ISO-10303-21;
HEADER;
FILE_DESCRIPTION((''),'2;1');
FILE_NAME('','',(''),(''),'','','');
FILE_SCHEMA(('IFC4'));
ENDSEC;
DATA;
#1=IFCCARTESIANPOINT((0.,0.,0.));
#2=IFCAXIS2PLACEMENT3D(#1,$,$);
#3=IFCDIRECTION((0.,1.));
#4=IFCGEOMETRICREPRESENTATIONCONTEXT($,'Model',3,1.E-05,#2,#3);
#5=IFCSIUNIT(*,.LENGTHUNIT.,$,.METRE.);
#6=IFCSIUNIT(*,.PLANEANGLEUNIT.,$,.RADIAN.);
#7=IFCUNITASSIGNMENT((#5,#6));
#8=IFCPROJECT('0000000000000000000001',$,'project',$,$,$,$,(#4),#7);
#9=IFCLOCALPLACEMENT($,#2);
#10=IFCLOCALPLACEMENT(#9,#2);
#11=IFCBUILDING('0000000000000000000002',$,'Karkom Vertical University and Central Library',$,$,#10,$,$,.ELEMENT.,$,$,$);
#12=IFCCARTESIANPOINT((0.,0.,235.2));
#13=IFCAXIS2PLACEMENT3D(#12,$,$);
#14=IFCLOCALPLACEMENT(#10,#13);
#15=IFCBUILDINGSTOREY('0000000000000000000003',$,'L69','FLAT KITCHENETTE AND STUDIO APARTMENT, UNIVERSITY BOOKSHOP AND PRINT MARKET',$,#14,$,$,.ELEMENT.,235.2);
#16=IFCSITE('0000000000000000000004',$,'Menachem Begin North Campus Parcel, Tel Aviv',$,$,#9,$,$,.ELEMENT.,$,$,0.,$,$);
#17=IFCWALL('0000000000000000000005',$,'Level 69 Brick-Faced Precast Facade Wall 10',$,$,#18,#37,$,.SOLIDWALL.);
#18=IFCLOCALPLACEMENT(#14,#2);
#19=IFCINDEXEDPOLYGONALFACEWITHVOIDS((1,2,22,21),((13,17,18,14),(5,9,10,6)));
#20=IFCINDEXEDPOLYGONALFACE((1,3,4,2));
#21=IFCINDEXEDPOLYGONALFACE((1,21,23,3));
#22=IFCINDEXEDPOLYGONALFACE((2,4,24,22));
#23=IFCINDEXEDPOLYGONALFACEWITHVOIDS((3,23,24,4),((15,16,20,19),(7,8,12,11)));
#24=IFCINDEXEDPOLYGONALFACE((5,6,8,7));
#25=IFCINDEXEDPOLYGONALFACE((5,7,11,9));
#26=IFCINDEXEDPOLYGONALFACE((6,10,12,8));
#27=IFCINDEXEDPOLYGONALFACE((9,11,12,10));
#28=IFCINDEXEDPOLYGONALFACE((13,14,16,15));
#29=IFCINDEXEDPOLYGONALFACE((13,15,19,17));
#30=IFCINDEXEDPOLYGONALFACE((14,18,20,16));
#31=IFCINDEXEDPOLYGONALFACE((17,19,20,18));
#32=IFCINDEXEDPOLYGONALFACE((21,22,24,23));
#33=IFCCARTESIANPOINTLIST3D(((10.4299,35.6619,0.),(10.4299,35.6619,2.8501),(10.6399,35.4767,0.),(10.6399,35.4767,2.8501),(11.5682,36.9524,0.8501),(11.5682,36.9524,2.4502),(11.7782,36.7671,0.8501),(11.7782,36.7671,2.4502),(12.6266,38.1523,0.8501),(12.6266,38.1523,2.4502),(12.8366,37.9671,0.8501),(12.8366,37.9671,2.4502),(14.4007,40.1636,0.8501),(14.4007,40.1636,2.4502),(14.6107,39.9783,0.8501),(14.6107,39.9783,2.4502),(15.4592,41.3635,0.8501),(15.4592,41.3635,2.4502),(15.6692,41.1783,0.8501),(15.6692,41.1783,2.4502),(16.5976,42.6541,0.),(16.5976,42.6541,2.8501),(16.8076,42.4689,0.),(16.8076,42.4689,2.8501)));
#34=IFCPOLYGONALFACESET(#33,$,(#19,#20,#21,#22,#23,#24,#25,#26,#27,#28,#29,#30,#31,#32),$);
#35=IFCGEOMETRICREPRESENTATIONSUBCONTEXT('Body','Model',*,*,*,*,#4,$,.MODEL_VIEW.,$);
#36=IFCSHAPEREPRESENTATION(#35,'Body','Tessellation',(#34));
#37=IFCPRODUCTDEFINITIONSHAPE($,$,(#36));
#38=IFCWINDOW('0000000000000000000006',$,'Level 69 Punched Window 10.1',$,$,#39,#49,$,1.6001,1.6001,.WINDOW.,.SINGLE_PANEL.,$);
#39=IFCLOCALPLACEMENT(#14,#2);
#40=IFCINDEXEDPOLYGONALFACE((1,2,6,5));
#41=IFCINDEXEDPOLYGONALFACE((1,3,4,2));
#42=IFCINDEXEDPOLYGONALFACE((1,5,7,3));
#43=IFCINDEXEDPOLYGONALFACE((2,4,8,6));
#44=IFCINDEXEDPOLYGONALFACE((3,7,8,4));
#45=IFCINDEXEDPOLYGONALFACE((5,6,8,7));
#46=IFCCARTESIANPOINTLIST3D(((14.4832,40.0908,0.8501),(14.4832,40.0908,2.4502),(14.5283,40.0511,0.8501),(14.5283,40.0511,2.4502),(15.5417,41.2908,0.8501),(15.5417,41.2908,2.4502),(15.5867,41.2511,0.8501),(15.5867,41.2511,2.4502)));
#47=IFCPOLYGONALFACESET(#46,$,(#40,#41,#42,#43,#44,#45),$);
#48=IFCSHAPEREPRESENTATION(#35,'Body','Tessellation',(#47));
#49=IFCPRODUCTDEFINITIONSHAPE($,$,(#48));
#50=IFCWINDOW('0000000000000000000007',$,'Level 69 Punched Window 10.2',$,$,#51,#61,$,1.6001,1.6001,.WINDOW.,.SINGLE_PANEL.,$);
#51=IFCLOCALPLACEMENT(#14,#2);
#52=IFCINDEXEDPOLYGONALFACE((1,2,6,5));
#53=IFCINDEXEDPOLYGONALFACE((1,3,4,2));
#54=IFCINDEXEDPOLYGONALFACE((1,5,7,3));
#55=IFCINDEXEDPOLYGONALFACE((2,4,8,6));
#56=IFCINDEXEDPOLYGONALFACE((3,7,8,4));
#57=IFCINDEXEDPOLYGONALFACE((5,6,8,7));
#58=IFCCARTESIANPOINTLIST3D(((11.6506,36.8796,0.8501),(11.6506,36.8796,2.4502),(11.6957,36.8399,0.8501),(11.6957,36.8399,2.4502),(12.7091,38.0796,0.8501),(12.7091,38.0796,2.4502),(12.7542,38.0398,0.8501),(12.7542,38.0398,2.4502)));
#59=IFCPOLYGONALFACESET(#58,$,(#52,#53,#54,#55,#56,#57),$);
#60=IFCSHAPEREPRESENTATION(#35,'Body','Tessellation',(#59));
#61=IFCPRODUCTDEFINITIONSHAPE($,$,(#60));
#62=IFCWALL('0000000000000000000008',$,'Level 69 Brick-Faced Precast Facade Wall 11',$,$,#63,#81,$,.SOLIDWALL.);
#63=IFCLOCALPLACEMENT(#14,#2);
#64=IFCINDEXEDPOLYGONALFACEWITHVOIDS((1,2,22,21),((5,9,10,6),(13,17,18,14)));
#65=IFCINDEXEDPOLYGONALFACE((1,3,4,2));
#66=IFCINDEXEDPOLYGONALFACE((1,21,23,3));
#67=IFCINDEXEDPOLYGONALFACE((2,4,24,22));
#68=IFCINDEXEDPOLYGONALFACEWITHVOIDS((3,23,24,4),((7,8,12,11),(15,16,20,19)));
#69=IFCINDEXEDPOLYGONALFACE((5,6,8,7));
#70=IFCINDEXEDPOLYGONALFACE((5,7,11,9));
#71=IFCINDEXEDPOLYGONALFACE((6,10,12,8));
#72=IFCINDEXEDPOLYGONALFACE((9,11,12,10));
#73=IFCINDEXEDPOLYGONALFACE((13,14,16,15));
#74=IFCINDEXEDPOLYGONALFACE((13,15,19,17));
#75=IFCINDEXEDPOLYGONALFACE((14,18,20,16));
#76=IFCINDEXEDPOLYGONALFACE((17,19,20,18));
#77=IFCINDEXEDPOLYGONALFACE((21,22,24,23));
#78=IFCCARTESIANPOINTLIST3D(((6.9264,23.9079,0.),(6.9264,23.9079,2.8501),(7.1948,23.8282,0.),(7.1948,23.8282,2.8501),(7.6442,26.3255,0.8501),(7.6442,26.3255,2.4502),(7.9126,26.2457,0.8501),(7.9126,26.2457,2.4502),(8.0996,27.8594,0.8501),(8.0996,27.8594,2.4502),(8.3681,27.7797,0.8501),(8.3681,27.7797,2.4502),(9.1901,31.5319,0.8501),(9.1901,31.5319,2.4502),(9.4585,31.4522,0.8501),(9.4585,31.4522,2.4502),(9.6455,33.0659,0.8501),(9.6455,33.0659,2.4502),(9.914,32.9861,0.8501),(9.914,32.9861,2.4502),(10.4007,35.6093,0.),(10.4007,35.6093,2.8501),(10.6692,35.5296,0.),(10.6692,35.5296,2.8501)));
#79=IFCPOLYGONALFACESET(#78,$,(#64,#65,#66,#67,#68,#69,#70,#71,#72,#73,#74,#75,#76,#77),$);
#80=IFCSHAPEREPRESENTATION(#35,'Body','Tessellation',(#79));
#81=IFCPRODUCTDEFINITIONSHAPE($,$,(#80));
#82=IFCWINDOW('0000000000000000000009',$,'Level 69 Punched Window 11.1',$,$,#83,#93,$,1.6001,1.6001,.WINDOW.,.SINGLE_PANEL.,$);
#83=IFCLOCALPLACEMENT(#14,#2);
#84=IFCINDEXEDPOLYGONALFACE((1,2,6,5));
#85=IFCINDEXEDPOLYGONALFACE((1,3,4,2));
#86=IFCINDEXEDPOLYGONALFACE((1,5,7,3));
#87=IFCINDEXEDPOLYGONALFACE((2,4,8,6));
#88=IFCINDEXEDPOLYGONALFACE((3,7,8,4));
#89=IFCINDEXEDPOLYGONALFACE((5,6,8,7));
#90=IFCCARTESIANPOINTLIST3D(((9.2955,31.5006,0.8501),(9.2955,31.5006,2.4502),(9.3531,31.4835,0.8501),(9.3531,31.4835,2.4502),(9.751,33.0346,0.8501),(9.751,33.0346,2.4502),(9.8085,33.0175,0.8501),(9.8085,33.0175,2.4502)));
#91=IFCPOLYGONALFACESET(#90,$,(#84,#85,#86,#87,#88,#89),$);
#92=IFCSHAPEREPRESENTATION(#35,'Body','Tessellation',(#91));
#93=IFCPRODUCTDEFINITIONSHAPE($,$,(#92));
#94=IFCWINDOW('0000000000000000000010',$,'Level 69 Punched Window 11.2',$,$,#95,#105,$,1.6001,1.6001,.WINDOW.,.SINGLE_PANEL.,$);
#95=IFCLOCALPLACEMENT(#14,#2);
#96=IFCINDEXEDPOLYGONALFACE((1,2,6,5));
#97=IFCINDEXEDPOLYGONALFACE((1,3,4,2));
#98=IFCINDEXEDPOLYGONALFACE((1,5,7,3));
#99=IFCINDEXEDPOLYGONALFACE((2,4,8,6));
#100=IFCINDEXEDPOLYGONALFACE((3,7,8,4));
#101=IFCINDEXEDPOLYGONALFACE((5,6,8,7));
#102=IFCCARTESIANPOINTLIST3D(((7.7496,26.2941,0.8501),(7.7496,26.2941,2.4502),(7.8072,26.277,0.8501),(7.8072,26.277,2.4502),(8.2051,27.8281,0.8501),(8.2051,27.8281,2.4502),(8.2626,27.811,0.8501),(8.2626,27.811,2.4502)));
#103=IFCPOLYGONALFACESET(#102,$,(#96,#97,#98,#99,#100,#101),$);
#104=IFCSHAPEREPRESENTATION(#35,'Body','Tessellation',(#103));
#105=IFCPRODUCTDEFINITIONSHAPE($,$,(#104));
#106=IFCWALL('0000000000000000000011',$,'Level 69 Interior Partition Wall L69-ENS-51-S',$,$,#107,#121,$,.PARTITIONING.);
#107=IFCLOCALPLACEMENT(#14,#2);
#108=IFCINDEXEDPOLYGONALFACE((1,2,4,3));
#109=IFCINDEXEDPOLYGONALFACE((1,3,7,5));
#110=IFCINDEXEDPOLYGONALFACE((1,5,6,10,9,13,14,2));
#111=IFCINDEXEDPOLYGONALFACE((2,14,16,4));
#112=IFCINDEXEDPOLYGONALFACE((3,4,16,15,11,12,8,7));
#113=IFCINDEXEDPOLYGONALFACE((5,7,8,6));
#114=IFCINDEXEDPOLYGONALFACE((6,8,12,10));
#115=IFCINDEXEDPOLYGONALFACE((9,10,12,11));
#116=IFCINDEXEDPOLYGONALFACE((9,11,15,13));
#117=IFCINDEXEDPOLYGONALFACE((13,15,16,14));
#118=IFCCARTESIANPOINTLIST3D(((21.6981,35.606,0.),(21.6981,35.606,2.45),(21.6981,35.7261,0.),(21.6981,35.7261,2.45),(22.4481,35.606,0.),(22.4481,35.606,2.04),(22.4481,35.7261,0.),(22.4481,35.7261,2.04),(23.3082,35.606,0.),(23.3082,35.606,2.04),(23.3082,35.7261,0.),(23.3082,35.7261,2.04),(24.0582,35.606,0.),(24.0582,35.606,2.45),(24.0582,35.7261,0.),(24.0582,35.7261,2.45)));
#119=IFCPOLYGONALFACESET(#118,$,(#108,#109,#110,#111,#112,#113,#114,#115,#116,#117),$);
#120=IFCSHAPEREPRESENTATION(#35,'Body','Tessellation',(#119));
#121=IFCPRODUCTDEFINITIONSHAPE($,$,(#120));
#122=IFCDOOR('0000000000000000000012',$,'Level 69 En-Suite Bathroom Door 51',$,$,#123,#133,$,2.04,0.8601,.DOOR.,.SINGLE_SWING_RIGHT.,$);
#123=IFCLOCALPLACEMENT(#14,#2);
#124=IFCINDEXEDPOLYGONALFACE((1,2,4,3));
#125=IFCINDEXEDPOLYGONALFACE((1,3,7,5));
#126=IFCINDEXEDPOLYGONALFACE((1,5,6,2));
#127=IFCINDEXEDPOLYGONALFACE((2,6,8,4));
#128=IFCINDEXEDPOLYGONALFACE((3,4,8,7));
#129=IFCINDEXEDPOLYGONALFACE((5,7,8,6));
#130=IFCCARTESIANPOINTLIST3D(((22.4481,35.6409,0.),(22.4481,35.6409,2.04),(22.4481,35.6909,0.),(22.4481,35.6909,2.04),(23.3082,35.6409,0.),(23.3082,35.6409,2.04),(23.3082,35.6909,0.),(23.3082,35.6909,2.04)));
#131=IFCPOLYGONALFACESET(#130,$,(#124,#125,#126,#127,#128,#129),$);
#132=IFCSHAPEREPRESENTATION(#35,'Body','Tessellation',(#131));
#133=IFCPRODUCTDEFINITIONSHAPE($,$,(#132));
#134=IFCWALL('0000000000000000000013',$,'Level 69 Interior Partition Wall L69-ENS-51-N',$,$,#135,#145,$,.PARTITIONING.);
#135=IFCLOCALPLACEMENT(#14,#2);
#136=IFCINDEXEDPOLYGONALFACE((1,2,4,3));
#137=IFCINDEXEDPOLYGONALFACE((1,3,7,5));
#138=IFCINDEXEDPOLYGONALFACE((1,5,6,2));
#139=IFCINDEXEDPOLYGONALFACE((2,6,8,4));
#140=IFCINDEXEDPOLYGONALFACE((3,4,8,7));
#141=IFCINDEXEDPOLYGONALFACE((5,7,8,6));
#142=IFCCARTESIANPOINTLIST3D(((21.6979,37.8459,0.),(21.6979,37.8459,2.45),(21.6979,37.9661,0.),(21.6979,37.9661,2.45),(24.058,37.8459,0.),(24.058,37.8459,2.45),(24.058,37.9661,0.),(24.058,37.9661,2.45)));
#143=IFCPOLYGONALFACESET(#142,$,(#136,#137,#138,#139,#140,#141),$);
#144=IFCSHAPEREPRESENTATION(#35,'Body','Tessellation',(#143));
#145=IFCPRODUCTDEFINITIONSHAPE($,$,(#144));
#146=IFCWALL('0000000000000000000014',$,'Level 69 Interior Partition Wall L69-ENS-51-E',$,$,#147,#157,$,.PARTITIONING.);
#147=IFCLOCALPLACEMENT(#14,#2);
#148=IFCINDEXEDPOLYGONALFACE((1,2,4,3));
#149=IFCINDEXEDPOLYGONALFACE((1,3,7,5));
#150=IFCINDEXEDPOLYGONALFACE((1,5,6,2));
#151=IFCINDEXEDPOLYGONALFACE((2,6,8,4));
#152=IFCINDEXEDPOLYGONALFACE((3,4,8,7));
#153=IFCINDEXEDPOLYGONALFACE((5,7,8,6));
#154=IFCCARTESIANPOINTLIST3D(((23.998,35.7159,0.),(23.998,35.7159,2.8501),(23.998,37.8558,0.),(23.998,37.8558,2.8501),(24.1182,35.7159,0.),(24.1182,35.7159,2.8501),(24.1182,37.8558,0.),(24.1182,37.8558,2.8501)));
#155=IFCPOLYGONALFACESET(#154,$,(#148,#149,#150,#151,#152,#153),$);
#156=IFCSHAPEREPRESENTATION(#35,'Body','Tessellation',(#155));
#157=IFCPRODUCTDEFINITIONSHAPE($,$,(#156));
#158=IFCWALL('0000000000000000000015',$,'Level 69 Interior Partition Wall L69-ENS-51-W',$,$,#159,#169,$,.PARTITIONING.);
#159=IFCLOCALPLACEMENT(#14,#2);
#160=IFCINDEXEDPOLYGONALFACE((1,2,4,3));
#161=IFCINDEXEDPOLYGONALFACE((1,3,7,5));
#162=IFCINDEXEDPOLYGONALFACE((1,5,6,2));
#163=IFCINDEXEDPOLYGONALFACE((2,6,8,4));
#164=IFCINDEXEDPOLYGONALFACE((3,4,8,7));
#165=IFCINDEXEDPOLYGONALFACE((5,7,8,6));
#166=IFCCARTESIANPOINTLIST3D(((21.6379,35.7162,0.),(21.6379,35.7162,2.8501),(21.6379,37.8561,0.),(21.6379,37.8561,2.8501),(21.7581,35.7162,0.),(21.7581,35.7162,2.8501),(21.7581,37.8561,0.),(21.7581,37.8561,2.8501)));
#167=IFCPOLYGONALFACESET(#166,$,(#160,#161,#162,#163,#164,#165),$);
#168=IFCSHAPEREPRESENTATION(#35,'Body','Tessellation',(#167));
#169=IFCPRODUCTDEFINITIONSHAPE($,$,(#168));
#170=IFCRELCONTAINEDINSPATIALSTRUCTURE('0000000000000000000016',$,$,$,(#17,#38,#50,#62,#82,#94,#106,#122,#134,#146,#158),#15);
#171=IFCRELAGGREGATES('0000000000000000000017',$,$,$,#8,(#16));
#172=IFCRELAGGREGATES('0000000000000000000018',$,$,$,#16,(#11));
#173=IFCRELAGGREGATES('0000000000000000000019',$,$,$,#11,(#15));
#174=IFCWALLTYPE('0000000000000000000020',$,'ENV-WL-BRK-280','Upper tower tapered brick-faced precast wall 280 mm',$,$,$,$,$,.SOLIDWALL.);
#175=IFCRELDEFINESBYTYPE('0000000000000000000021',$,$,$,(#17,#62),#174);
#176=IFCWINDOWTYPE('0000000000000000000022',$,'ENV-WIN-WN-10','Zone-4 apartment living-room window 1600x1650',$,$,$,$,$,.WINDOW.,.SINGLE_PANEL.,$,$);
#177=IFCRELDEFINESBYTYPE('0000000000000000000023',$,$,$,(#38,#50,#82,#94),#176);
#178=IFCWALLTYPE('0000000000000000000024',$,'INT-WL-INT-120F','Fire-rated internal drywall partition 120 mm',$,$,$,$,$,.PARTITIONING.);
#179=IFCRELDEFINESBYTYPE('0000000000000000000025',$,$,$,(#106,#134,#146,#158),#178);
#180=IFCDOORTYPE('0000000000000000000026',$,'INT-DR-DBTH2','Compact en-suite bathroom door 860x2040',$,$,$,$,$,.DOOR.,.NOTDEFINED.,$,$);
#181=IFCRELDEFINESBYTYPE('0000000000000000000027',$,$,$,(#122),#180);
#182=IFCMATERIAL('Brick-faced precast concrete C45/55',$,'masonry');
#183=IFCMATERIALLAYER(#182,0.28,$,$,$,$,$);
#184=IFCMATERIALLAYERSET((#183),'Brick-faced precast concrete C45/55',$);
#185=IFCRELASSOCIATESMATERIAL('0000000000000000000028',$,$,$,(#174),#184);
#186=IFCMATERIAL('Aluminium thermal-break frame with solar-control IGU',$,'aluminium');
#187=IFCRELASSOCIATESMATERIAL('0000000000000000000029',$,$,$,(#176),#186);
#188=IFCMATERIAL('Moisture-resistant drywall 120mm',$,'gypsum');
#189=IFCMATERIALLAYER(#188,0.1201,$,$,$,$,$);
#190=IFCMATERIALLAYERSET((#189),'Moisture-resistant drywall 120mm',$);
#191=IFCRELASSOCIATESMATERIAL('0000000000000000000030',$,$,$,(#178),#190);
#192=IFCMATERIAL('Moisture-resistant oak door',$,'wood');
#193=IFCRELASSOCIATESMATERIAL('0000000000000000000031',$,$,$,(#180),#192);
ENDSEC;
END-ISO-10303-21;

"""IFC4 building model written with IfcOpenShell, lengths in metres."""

from ifc_helpers import new_model, si_unit, direction, frame, frame_2d, origin, origin_with_axes, place, context, subcontext, project, spatial, rectangle, extrude, source, transform, mapped, material, layer, layer_set, type_object, element, fill, save


model = new_model("IFC4")

# Units and contexts
model_context = context("Model", 3, precision=1e-05, world=origin(), true_north=direction((0.0, 1.0)))
body_context = subcontext(model_context, "Body", "Model", "MODEL_VIEW")
ifc_project = project(units=[si_unit("LENGTHUNIT", "METRE"), si_unit("PLANEANGLEUNIT", "RADIAN")], contexts=[model_context])

# Site, building, storey
site_placement = place(None, origin())
site = spatial("IfcSite", under=ifc_project, at=site_placement, Name="Menachem Begin North Campus Parcel, Tel Aviv", CompositionType="ELEMENT", RefElevation=0.0)
building_placement = place(site_placement, origin())
building = spatial("IfcBuilding", under=site, at=building_placement, Name="Karkom Vertical University and Central Library", CompositionType="ELEMENT")
storey_placement = place(building_placement, frame((0.0, 0.0, 235.2)))
storey = spatial("IfcBuildingStorey", under=building, at=storey_placement, Name="L69", Description="FLAT KITCHENETTE AND STUDIO APARTMENT, UNIVERSITY BOOKSHOP AND PRINT MARKET", CompositionType="ELEMENT", Elevation=235.2)

# Walls, openings, windows
ifc_material_1 = material(Name="Brick-faced precast concrete C45/55", Category="masonry")
ifc_layer_1 = layer(ifc_material_1, 0.28)
ifc_layer_set_1 = layer_set([ifc_layer_1], Name="Brick-faced precast concrete C45/55")
wall_type_1 = type_object("IfcWallType", Name="ENV-WL-BRK-280", Description="Upper tower tapered brick-faced precast wall 280 mm", PredefinedType="SOLIDWALL", material=ifc_layer_set_1)
wall_1_placement = place(storey_placement, frame((16.7026, 42.5615, 0.0), z_axis=(0.0, 0.0, 1.0), x_axis=(-0.66151, -0.749936, 0.0)))
wall_1 = element("IfcWall", 1, at=wall_1_placement, inside=storey, type_object=wall_type_1, Name="Level 69 Brick-Faced Precast Facade Wall 10", PredefinedType="SOLIDWALL", context=body_context, shape_type="SweptSolid", body=[
    extrude(rectangle(XDim=9.3237, YDim=0.28, at=frame_2d((4.6619, 0.0))), origin(), (0.0, 0.0, 1.0), 2.8501),
])
opening_1_placement = place(wall_1_placement, frame((1.7209, 0.0, 0.8501)))
opening_1 = element("IfcOpeningElement", 2, at=opening_1_placement, cuts=wall_1, PredefinedType="OPENING", context=body_context, shape_type="SweptSolid", body=[
    extrude(rectangle(XDim=1.6001, YDim=1.6001, at=frame_2d((0.8, 0.8))), frame((0.0, 0.1499, 0.0), z_axis=(0.0, -1.0, 0.0), x_axis=(1.0, 0.0, 0.0)), (0.0, 0.0, 1.0), 0.3),
])
opening_2_placement = place(wall_1_placement, frame((6.0029, 0.0, 0.8501)))
opening_2 = element("IfcOpeningElement", 3, at=opening_2_placement, cuts=wall_1, PredefinedType="OPENING", context=body_context, shape_type="SweptSolid", body=[
    extrude(rectangle(XDim=1.6001, YDim=1.6001, at=frame_2d((0.8, 0.8))), frame((0.0, 0.1499, 0.0), z_axis=(0.0, -1.0, 0.0), x_axis=(1.0, 0.0, 0.0)), (0.0, 0.0, 1.0), 0.3),
])
ifc_material_2 = material(Name="Aluminium thermal-break frame with solar-control IGU", Category="aluminium")
window_type = type_object("IfcWindowType", Name="ENV-WIN-WN-10", Description="Zone-4 apartment living-room window 1600x1650", PartitioningType="SINGLE_PANEL", PredefinedType="WINDOW", material=ifc_material_2)
shared_shape_1 = source(origin_with_axes(), body_context, "Body", "SweptSolid", [
    extrude(rectangle(XDim=1.6001, YDim=1.6001, at=frame_2d((0.8, 0.8))), frame((0.0, 0.03, 0.0), z_axis=(0.0, -1.0, 0.0), x_axis=(1.0, 0.0, 0.0)), (0.0, 0.0, 1.0), 0.0601),
])
window_1_placement = place(opening_1_placement, origin())
window_1 = element("IfcWindow", 4, at=window_1_placement, inside=storey, type_object=window_type, Name="Level 69 Punched Window 10.1", OverallHeight=1.6001, OverallWidth=1.6001, PartitioningType="SINGLE_PANEL", PredefinedType="WINDOW", context=body_context, shape_type="MappedRepresentation", body=[
    mapped(shared_shape_1, transform((0.0, 0.0, 0.0), scale=1.0)),
])
fill(opening_1, window_1)
window_2_placement = place(opening_2_placement, origin())
window_2 = element("IfcWindow", 5, at=window_2_placement, inside=storey, type_object=window_type, Name="Level 69 Punched Window 10.2", OverallHeight=1.6001, OverallWidth=1.6001, PartitioningType="SINGLE_PANEL", PredefinedType="WINDOW", context=body_context, shape_type="MappedRepresentation", body=[
    mapped(shared_shape_1, transform((0.0, 0.0, 0.0), scale=1.0)),
])
fill(opening_2, window_2)
wall_2_placement = place(storey_placement, frame((10.5349, 35.5693, 0.0), z_axis=(0.0, 0.0, 1.0), x_axis=(-0.284636, -0.958636, 0.0)))
wall_2 = element("IfcWall", 6, at=wall_2_placement, inside=storey, type_object=wall_type_1, Name="Level 69 Brick-Faced Precast Facade Wall 11", PredefinedType="SOLIDWALL", context=body_context, shape_type="SweptSolid", body=[
    extrude(rectangle(XDim=12.2063, YDim=0.28, at=frame_2d((6.103, 0.0))), origin(), (0.0, 0.0, 1.0), 2.8501),
])
opening_3_placement = place(wall_2_placement, frame((2.6531, 0.0, 0.8501)))
opening_3 = element("IfcOpeningElement", 7, at=opening_3_placement, cuts=wall_2, PredefinedType="OPENING", context=body_context, shape_type="SweptSolid", body=[
    extrude(rectangle(XDim=1.6001, YDim=1.6001, at=frame_2d((0.8, 0.8))), frame((0.0, 0.1499, 0.0), z_axis=(0.0, -1.0, 0.0), x_axis=(1.0, 0.0, 0.0)), (0.0, 0.0, 1.0), 0.3),
])
opening_4_placement = place(wall_2_placement, frame((8.0842, 0.0, 0.8501)))
opening_4 = element("IfcOpeningElement", 8, at=opening_4_placement, cuts=wall_2, PredefinedType="OPENING", context=body_context, shape_type="SweptSolid", body=[
    extrude(rectangle(XDim=1.6001, YDim=1.6001, at=frame_2d((0.8, 0.8))), frame((0.0, 0.1499, 0.0), z_axis=(0.0, -1.0, 0.0), x_axis=(1.0, 0.0, 0.0)), (0.0, 0.0, 1.0), 0.3),
])
window_3_placement = place(opening_3_placement, origin())
window_3 = element("IfcWindow", 9, at=window_3_placement, inside=storey, type_object=window_type, Name="Level 69 Punched Window 11.1", OverallHeight=1.6001, OverallWidth=1.6001, PartitioningType="SINGLE_PANEL", PredefinedType="WINDOW", context=body_context, shape_type="MappedRepresentation", body=[
    mapped(shared_shape_1, transform((0.0, 0.0, 0.0), scale=1.0)),
])
fill(opening_3, window_3)
window_4_placement = place(opening_4_placement, origin())
window_4 = element("IfcWindow", 10, at=window_4_placement, inside=storey, type_object=window_type, Name="Level 69 Punched Window 11.2", OverallHeight=1.6001, OverallWidth=1.6001, PartitioningType="SINGLE_PANEL", PredefinedType="WINDOW", context=body_context, shape_type="MappedRepresentation", body=[
    mapped(shared_shape_1, transform((0.0, 0.0, 0.0), scale=1.0)),
])
fill(opening_4, window_4)

# Wall, opening, door
ifc_material_3 = material(Name="Moisture-resistant drywall 120mm", Category="gypsum")
ifc_layer_2 = layer(ifc_material_3, 0.1201)
ifc_layer_set_2 = layer_set([ifc_layer_2], Name="Moisture-resistant drywall 120mm")
wall_type_2 = type_object("IfcWallType", Name="INT-WL-INT-120F", Description="Fire-rated internal drywall partition 120 mm", PredefinedType="PARTITIONING", material=ifc_layer_set_2)
wall_3_placement = place(storey_placement, frame((21.698, 35.666, 0.0), z_axis=(0.0, 0.0, 1.0), x_axis=(1.0, 0.0, 0.0)))
wall_3 = element("IfcWall", 11, at=wall_3_placement, inside=storey, type_object=wall_type_2, Name="Level 69 Interior Partition Wall L69-ENS-51-S", PredefinedType="PARTITIONING", context=body_context, shape_type="SweptSolid", body=[
    extrude(rectangle(XDim=2.3601, YDim=0.1201, at=frame_2d((1.1802, 0.0))), origin(), (0.0, 0.0, 1.0), 2.45),
])
opening_5_placement = place(wall_3_placement, frame((0.75, 0.0, 0.0)))
opening_5 = element("IfcOpeningElement", 12, at=opening_5_placement, cuts=wall_3, PredefinedType="OPENING", context=body_context, shape_type="SweptSolid", body=[
    extrude(rectangle(XDim=0.8601, YDim=2.04, at=frame_2d((0.4302, 1.02))), frame((0.0, 0.0701, 0.0), z_axis=(0.0, -1.0, 0.0), x_axis=(1.0, 0.0, 0.0)), (0.0, 0.0, 1.0), 0.1401),
])
ifc_material_4 = material(Name="Moisture-resistant oak door", Category="wood")
door_type_1 = type_object("IfcDoorType", Name="INT-DR-DBTH2", Description="Compact en-suite bathroom door 860x2040", OperationType="NOTDEFINED", PredefinedType="DOOR", material=ifc_material_4)
shared_shape_2 = source(origin_with_axes(), body_context, "Body", "SweptSolid", [
    extrude(rectangle(XDim=0.8601, YDim=2.04, at=frame_2d((0.4302, 1.02))), frame((0.0, 0.0249, 0.0), z_axis=(0.0, -1.0, 0.0), x_axis=(1.0, 0.0, 0.0)), (0.0, 0.0, 1.0), 0.05),
])
door_1_placement = place(opening_5_placement, origin())
door_1 = element("IfcDoor", 13, at=door_1_placement, inside=storey, type_object=door_type_1, Name="Level 69 En-Suite Bathroom Door 51", OperationType="SINGLE_SWING_RIGHT", OverallHeight=2.04, OverallWidth=0.8601, PredefinedType="DOOR", context=body_context, shape_type="MappedRepresentation", body=[
    mapped(shared_shape_2, transform((0.0, 0.0, 0.0), scale=1.0)),
])
fill(opening_5, door_1)

# Walls
wall_4_placement = place(storey_placement, frame((24.0581, 37.906, 0.0), z_axis=(0.0, 0.0, 1.0), x_axis=(-1.0, 0.0, 0.0)))
element("IfcWall", 14, at=wall_4_placement, inside=storey, type_object=wall_type_2, Name="Level 69 Interior Partition Wall L69-ENS-51-N", PredefinedType="PARTITIONING", context=body_context, shape_type="SweptSolid", body=[
    extrude(rectangle(XDim=2.3601, YDim=0.1201, at=frame_2d((1.1802, 0.0))), origin(), (0.0, 0.0, 1.0), 2.45),
])
for number, where, z_axis, x_axis, name in (
    (15, (24.0581, 35.7161, 0.0), (0.0, 0.0, 1.0), (0.0, 1.0, 0.0), "Level 69 Interior Partition Wall L69-ENS-51-E"),
    (16, (21.698, 37.856, 0.0), (0.0, 0.0, 1.0), (0.0, -1.0, 0.0), "Level 69 Interior Partition Wall L69-ENS-51-W"),
):
    element("IfcWall", number, at=place(storey_placement, frame(where, z_axis=z_axis, x_axis=x_axis)), inside=storey, type_object=wall_type_2, Name=name, PredefinedType="PARTITIONING", context=body_context, shape_type="SweptSolid", body=[
        extrude(rectangle(XDim=2.1399, YDim=0.1201, at=frame_2d((1.0698, 0.0))), origin(), (0.0, 0.0, 1.0), 2.8501),
    ])

save(model, "model.ifc")
